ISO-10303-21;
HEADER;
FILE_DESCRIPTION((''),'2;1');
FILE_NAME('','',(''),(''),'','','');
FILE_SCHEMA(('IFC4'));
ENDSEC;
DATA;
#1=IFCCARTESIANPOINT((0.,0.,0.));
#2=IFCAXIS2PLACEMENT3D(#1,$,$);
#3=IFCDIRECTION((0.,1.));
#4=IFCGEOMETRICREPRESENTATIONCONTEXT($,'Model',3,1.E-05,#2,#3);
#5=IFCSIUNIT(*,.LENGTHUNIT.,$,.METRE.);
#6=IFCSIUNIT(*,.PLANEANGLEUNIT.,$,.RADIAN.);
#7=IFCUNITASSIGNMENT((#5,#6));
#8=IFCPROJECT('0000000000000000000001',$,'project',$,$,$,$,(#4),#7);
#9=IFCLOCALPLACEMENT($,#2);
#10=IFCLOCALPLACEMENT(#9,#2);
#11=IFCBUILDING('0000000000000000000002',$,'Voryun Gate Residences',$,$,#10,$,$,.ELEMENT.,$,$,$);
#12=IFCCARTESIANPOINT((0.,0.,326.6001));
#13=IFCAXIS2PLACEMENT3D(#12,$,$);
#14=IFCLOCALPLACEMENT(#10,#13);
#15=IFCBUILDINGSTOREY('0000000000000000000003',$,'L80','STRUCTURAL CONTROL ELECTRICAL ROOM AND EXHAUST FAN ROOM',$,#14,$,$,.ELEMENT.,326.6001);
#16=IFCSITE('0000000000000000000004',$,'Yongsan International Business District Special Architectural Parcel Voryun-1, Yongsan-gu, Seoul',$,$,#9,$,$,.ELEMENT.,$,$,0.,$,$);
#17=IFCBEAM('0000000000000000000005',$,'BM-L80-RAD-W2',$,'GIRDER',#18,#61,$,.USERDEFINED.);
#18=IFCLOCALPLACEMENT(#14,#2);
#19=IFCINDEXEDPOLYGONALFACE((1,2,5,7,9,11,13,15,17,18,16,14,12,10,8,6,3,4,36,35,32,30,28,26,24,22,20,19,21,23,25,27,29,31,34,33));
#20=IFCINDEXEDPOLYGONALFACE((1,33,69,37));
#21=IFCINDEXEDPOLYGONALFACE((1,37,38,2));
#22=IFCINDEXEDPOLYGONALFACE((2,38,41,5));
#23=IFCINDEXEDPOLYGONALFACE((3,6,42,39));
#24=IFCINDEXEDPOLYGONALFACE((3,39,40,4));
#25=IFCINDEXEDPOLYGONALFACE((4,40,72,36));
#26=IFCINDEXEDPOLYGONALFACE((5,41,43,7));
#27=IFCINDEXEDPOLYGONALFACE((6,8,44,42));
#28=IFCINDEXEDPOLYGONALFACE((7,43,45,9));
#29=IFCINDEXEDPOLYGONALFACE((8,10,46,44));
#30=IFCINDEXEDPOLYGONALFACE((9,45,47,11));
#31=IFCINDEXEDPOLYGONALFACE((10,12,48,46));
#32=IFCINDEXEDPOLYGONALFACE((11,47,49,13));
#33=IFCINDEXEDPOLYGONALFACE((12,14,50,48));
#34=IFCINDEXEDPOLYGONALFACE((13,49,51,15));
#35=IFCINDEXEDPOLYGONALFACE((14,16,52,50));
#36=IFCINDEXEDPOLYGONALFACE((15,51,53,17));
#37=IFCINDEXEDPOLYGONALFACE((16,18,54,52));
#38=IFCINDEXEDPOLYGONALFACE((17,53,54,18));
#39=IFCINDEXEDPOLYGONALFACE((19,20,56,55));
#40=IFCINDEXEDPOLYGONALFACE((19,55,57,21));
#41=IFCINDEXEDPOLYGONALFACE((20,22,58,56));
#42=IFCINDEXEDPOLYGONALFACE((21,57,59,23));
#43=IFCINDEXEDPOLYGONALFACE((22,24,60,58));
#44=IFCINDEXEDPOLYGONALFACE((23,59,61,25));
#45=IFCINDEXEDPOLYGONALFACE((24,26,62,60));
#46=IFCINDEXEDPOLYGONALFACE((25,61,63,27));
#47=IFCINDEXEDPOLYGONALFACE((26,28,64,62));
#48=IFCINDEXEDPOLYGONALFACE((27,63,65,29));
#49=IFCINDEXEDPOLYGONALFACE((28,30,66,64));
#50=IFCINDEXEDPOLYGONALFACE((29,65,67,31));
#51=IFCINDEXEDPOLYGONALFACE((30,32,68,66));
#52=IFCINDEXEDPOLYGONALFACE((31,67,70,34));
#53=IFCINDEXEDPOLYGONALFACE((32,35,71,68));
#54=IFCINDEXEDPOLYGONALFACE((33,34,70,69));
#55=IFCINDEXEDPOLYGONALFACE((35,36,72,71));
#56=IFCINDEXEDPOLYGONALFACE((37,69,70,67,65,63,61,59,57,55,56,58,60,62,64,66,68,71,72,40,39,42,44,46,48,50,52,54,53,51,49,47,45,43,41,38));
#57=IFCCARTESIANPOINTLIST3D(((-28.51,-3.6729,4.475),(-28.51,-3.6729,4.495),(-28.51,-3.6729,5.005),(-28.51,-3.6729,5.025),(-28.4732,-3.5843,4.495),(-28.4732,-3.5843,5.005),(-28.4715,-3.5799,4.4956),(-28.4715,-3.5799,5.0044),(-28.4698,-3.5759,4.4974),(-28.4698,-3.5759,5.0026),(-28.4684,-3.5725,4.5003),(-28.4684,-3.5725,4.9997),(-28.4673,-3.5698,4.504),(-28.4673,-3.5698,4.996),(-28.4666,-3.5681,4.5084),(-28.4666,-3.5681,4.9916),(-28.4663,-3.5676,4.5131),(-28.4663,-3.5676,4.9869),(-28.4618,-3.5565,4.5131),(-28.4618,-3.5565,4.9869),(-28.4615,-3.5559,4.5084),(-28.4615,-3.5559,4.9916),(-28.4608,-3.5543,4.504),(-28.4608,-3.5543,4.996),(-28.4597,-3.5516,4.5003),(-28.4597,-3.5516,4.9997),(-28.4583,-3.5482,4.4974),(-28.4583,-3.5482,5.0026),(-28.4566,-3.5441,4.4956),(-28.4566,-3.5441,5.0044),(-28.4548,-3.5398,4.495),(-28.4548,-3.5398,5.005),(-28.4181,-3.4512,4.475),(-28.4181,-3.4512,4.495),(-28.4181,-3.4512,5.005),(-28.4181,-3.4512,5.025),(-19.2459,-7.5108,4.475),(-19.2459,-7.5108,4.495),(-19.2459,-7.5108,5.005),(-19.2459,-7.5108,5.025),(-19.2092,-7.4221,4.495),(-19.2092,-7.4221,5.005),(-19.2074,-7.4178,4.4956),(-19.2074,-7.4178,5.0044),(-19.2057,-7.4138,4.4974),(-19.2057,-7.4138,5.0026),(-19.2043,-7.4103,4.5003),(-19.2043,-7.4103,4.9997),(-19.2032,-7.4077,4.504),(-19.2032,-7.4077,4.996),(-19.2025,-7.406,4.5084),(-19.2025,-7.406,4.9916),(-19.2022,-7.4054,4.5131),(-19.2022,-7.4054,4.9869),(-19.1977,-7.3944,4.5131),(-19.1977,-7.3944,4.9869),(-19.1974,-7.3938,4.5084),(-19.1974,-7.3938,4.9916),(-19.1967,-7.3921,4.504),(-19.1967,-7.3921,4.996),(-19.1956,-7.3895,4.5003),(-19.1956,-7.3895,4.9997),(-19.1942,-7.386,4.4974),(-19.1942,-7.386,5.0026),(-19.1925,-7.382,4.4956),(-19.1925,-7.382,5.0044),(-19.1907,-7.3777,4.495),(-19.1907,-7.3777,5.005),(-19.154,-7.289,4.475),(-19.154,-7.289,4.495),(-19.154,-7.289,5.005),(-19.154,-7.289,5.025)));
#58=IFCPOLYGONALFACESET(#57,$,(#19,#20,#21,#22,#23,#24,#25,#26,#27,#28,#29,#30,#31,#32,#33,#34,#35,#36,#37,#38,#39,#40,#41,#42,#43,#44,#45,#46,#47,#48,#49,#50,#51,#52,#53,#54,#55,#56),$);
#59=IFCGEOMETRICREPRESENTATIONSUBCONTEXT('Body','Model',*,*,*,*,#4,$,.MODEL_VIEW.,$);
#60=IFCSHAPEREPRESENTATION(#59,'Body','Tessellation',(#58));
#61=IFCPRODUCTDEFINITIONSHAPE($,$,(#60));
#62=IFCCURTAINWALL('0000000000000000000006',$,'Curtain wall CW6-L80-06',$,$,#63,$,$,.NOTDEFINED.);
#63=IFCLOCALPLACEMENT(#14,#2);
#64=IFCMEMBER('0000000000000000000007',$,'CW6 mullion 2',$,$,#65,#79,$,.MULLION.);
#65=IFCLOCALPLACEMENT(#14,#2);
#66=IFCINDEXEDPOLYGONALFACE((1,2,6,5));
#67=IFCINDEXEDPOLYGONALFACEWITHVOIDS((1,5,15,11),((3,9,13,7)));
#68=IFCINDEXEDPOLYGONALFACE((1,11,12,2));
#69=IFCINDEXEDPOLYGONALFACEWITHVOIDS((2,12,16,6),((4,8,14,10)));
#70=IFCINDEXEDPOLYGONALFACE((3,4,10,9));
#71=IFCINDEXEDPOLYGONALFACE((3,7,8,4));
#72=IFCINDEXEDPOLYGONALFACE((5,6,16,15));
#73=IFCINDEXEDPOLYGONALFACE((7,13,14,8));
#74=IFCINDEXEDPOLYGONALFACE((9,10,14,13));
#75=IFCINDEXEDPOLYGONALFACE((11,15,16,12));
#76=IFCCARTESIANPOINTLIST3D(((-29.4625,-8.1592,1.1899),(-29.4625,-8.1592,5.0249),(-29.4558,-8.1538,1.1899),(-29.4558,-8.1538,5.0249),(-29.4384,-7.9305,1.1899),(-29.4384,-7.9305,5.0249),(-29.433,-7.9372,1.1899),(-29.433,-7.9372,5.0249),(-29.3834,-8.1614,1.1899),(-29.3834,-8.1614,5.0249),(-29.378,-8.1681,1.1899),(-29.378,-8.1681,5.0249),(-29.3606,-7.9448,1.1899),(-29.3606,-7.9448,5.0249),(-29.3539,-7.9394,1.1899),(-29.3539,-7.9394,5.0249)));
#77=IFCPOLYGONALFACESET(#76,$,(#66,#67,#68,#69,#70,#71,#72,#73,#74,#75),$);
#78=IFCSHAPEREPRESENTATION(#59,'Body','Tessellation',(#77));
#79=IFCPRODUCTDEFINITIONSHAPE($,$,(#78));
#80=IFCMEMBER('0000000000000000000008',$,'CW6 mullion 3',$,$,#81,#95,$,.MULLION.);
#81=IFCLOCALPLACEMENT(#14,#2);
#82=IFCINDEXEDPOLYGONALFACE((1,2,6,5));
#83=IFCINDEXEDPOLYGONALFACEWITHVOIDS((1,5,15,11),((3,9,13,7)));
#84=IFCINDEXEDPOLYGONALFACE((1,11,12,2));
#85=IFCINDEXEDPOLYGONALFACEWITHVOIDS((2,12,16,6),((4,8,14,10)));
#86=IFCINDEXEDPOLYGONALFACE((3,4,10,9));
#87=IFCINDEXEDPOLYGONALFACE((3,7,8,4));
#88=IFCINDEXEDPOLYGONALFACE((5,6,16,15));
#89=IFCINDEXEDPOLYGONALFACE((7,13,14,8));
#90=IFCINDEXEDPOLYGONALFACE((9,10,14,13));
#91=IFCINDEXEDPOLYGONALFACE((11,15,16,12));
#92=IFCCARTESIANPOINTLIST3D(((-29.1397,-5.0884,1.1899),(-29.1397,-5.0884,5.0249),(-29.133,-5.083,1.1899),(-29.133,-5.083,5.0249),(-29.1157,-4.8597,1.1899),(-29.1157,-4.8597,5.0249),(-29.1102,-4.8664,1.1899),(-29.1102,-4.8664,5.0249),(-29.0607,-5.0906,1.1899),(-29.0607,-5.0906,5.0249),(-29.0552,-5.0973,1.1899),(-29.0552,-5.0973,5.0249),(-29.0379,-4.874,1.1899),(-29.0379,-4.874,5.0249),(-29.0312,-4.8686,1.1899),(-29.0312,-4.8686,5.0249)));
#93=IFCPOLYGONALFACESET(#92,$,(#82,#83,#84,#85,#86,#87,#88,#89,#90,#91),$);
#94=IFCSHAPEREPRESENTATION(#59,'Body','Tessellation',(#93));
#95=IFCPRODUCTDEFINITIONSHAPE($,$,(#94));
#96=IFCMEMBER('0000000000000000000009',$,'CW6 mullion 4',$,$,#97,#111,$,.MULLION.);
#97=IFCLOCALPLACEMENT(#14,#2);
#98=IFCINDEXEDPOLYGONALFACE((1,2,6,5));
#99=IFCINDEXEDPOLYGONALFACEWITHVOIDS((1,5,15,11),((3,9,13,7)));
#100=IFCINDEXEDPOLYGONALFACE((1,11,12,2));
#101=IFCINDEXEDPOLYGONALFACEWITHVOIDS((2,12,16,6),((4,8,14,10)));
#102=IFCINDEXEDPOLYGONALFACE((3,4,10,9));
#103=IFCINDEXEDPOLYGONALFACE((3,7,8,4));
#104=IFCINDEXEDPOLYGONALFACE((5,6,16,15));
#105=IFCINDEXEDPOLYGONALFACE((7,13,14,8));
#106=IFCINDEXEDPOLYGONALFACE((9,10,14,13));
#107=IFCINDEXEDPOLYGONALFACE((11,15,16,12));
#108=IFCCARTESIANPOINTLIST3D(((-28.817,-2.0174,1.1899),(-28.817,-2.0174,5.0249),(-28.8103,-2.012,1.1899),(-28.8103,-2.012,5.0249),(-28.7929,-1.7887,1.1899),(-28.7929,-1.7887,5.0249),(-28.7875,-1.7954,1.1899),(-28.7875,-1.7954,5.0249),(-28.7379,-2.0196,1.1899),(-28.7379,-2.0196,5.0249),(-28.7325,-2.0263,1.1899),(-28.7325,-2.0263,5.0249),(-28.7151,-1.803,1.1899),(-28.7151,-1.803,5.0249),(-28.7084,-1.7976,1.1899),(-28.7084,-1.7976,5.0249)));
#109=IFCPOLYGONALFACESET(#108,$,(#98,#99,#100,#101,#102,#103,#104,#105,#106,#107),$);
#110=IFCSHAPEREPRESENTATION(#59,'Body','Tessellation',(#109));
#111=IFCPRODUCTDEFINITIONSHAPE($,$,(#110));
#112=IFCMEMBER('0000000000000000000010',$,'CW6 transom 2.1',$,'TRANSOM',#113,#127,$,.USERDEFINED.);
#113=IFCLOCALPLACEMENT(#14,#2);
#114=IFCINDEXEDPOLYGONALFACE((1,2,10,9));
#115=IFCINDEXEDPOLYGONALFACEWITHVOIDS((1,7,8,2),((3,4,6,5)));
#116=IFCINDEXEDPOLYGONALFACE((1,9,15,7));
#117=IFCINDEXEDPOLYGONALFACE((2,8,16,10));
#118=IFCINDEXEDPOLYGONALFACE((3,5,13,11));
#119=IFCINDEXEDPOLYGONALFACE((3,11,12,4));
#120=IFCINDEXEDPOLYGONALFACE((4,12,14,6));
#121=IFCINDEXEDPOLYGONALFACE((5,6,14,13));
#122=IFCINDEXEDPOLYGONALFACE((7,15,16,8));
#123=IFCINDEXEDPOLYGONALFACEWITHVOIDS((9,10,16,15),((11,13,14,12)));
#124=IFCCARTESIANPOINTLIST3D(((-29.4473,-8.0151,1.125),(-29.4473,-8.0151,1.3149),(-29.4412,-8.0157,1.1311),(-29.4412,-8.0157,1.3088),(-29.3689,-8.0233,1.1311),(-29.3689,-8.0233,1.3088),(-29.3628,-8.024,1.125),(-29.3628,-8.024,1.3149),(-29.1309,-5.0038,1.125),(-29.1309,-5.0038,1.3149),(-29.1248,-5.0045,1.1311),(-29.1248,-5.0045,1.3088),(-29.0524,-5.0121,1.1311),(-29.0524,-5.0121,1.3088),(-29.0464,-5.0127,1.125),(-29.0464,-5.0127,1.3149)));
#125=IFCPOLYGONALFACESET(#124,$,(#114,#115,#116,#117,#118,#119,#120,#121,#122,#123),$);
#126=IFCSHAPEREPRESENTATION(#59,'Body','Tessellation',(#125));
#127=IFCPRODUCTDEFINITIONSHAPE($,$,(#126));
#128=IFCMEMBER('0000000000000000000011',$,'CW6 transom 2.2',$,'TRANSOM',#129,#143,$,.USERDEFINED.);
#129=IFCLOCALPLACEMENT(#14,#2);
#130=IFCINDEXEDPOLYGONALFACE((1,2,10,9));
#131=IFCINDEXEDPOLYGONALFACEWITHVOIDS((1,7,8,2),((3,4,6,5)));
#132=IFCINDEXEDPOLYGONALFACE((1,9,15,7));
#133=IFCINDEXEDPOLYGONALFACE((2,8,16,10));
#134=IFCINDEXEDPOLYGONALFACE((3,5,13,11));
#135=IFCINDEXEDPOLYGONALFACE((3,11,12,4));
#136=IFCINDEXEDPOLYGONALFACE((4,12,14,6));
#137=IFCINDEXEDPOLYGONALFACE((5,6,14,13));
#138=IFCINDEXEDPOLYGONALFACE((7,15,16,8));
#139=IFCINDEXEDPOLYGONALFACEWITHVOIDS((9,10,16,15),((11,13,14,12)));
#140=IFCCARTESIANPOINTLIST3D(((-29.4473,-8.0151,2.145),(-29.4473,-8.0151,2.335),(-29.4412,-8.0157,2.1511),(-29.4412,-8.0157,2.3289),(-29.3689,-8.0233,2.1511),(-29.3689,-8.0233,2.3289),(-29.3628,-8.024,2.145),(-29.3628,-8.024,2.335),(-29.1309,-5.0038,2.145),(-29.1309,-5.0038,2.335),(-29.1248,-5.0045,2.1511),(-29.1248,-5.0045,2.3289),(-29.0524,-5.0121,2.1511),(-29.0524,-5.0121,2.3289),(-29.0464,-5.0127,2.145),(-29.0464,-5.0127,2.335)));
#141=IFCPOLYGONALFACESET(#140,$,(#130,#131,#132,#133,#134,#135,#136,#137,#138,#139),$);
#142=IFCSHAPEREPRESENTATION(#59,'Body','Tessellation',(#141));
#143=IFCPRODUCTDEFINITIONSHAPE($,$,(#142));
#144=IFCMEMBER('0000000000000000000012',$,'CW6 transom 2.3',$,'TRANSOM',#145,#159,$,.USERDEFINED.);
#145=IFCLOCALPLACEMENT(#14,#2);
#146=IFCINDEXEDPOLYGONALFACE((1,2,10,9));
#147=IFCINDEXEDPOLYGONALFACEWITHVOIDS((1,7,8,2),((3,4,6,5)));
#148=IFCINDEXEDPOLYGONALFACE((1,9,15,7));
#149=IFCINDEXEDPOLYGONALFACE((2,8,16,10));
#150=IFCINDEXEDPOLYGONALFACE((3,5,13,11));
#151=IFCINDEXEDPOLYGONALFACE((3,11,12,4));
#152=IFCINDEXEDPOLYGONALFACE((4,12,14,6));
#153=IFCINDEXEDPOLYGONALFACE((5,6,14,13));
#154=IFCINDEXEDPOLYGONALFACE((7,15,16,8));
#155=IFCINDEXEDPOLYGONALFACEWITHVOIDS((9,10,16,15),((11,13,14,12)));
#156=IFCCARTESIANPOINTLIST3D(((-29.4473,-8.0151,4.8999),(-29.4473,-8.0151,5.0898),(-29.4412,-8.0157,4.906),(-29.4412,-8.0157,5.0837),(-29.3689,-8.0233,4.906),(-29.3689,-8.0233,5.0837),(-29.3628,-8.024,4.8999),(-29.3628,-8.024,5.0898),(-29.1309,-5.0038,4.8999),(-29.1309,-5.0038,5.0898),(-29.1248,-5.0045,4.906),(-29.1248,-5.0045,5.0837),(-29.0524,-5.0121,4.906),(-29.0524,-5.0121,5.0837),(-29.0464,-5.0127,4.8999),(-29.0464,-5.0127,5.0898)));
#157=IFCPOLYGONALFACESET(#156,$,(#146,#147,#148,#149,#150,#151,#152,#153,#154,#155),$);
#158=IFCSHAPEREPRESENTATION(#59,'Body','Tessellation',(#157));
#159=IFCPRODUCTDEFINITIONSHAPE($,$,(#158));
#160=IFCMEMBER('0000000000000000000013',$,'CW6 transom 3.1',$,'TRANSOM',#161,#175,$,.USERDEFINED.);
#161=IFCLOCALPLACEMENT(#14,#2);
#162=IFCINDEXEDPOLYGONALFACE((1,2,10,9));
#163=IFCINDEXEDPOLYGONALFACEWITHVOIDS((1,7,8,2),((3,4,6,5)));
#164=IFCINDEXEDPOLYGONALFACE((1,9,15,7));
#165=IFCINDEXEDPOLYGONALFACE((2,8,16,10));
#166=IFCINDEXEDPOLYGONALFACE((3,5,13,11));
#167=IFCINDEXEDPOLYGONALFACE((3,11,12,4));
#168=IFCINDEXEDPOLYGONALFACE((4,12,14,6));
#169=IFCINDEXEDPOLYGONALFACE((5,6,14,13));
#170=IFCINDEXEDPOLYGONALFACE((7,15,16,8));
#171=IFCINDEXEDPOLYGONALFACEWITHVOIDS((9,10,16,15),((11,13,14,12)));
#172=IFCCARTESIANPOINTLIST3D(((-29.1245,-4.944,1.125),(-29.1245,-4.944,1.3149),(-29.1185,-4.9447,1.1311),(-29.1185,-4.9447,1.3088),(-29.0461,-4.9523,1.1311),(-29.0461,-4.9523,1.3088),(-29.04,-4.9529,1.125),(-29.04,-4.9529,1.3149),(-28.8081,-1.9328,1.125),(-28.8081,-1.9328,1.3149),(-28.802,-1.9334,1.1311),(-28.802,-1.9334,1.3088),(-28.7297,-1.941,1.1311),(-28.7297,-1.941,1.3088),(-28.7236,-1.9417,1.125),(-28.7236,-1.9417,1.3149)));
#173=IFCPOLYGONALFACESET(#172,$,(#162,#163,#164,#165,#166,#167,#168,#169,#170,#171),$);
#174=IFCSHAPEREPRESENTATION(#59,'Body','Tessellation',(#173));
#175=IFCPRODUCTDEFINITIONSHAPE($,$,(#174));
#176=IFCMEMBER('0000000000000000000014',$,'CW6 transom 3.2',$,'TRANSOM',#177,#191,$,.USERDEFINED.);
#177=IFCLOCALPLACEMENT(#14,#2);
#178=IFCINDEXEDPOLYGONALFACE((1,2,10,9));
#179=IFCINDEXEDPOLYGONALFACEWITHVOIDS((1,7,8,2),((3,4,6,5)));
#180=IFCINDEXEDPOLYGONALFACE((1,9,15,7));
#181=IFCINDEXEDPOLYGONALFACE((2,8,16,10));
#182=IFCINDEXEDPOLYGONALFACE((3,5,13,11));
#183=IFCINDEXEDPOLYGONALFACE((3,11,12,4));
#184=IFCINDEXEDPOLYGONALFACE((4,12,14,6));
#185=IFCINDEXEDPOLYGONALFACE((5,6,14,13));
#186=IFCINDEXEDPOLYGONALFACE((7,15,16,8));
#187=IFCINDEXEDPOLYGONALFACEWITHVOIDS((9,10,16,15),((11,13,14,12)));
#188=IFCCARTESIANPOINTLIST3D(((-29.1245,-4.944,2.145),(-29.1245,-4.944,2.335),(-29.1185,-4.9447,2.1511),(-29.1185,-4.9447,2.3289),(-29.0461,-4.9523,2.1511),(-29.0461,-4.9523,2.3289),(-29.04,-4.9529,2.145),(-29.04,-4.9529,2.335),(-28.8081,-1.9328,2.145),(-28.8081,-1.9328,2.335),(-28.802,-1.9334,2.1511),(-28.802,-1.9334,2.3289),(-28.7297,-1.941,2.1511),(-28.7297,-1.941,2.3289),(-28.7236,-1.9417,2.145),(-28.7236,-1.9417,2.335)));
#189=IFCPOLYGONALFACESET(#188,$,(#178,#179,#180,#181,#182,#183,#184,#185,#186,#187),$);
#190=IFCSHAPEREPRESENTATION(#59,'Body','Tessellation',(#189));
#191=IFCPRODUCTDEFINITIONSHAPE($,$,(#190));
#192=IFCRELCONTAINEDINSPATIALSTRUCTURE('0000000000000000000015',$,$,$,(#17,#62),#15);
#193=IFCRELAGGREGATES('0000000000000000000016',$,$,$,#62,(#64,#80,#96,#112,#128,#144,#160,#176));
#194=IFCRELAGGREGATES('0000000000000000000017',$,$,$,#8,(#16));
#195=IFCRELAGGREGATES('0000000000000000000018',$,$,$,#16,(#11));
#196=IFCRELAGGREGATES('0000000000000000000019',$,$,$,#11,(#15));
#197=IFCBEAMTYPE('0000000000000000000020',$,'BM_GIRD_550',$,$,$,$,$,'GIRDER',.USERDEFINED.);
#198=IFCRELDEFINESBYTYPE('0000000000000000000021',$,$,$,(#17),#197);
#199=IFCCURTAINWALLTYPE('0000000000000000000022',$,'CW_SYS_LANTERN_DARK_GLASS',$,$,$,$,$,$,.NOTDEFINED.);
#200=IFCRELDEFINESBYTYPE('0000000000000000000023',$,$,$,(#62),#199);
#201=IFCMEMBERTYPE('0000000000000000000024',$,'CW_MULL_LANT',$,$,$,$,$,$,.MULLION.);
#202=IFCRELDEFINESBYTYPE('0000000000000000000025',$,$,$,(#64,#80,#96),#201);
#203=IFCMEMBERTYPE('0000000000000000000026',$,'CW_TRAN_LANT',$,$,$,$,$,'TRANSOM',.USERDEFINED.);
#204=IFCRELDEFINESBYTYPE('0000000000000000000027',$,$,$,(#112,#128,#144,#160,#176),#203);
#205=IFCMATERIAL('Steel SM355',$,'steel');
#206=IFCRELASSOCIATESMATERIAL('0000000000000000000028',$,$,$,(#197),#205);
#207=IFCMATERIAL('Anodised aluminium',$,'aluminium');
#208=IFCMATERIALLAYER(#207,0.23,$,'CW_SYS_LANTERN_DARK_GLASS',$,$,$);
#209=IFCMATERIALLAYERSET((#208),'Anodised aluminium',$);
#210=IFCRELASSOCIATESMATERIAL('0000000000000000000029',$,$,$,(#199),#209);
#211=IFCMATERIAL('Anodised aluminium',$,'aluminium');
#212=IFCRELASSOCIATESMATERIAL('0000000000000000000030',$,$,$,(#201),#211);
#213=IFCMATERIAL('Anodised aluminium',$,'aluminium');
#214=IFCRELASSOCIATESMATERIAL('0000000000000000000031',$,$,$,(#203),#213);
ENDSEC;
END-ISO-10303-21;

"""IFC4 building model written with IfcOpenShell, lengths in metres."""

from ifc_helpers import new_model, si_unit, direction, frame, origin, origin_2d, place, context, subcontext, project, spatial, hollow_rectangle, i_section, extrude, material, layer, layer_set, material_profile, profile_set, type_object, element, aggregate, save


model = new_model("IFC4")

# Units and contexts
model_context = context("Model", 3, precision=1e-05, world=origin(), true_north=direction((0.0, 1.0)))
body_context = subcontext(model_context, "Body", "Model", "MODEL_VIEW")
ifc_project = project(units=[si_unit("LENGTHUNIT", "METRE"), si_unit("PLANEANGLEUNIT", "RADIAN")], contexts=[model_context])

# Site, building, storey
site_placement = place(None, origin())
site = spatial("IfcSite", under=ifc_project, at=site_placement, Name="Yongsan International Business District Special Architectural Parcel Voryun-1, Yongsan-gu, Seoul", CompositionType="ELEMENT", RefElevation=0.0)
building_placement = place(site_placement, origin())
building = spatial("IfcBuilding", under=site, at=building_placement, Name="Voryun Gate Residences", CompositionType="ELEMENT")
storey_placement = place(building_placement, frame((0.0, 0.0, 326.6001)))
storey = spatial("IfcBuildingStorey", under=building, at=storey_placement, Name="L80", Description="STRUCTURAL CONTROL ELECTRICAL ROOM AND EXHAUST FAN ROOM", CompositionType="ELEMENT", Elevation=326.6001)

# Beam
ifc_material_1 = material(Name="Steel SM355", Category="steel")
ifc_material_profile_1 = material_profile(ifc_material_1, i_section(OverallWidth=0.24, OverallDepth=0.55, WebThickness=0.012, FlangeThickness=0.02, FilletRadius=0.0181, at=origin_2d()), Name="H-550x240x12x20")
ifc_profile_set_1 = profile_set([ifc_material_profile_1], Name="Steel SM355")
beam_type_1 = type_object("IfcBeamType", Name="BM_GIRD_550", ElementType="GIRDER", PredefinedType="USERDEFINED", material=ifc_profile_set_1)
beam_1_placement = place(storey_placement, frame((-19.2, -7.3999, 4.75), z_axis=(-0.92386, 0.38273, 0.0), x_axis=(-0.38273, -0.92386, 0.0)))
element("IfcBeam", 1, at=beam_1_placement, inside=storey, type_object=beam_type_1, Name="BM-L80-RAD-W2", ObjectType="GIRDER", PredefinedType="USERDEFINED", context=body_context, shape_type="SweptSolid", body=[
    extrude(i_section(OverallWidth=0.24, OverallDepth=0.55, WebThickness=0.012, FlangeThickness=0.02, FilletRadius=0.0181, at=origin_2d()), origin(), (0.0, 0.0, 1.0), 10.0276),
])

# Curtain wall, members
ifc_material_2 = material(Name="Anodised aluminium", Category="aluminium")
ifc_layer_1 = layer(ifc_material_2, 0.23, Name="CW_SYS_LANTERN_DARK_GLASS")
ifc_layer_set_1 = layer_set([ifc_layer_1], Name="Anodised aluminium")
curtain_wall_type = type_object("IfcCurtainWallType", Name="CW_SYS_LANTERN_DARK_GLASS", PredefinedType="NOTDEFINED", material=ifc_layer_set_1)
curtain_wall_placement = place(storey_placement, origin())
curtain_wall = element("IfcCurtainWall", 2, at=curtain_wall_placement, inside=storey, type_object=curtain_wall_type, Name="Curtain wall CW6-L80-06", PredefinedType="NOTDEFINED")
ifc_material_3 = material(Name="Anodised aluminium", Category="aluminium")
ifc_material_profile_2 = material_profile(ifc_material_3, hollow_rectangle(XDim=0.085, YDim=0.23, WallThickness=0.0061, at=origin_2d()), Name="ALU-MULL-230x85x6")
ifc_profile_set_2 = profile_set([ifc_material_profile_2], Name="Anodised aluminium")
member_type_1 = type_object("IfcMemberType", Name="CW_MULL_LANT", PredefinedType="MULLION", material=ifc_profile_set_2)
member_1_placement = place(storey_placement, frame((-29.4082, -8.0493, 1.1899), z_axis=(0.0, 0.0, 1.0), x_axis=(-0.994522, 0.104528, 0.0)))
member_1 = element("IfcMember", 3, at=member_1_placement, type_object=member_type_1, Name="CW6 mullion 2", PredefinedType="MULLION", context=body_context, shape_type="SweptSolid", body=[
    extrude(hollow_rectangle(XDim=0.085, YDim=0.23, WallThickness=0.0061, at=origin_2d()), origin(), (0.0, 0.0, 1.0), 3.835),
])
member_2_placement = place(storey_placement, frame((-29.0854, -4.9785, 1.1899), z_axis=(0.0, 0.0, 1.0), x_axis=(-0.994522, 0.104528, 0.0)))
member_2 = element("IfcMember", 4, at=member_2_placement, type_object=member_type_1, Name="CW6 mullion 3", PredefinedType="MULLION", context=body_context, shape_type="SweptSolid", body=[
    extrude(hollow_rectangle(XDim=0.085, YDim=0.23, WallThickness=0.0061, at=origin_2d()), origin(), (0.0, 0.0, 1.0), 3.835),
])
member_3_placement = place(storey_placement, frame((-28.7627, -1.9075, 1.1899), z_axis=(0.0, 0.0, 1.0), x_axis=(-0.994522, 0.104528, 0.0)))
member_3 = element("IfcMember", 5, at=member_3_placement, type_object=member_type_1, Name="CW6 mullion 4", PredefinedType="MULLION", context=body_context, shape_type="SweptSolid", body=[
    extrude(hollow_rectangle(XDim=0.085, YDim=0.23, WallThickness=0.0061, at=origin_2d()), origin(), (0.0, 0.0, 1.0), 3.835),
])
ifc_material_4 = material(Name="Anodised aluminium", Category="aluminium")
ifc_material_profile_3 = material_profile(ifc_material_4, hollow_rectangle(XDim=0.085, YDim=0.1899, WallThickness=0.0061, at=origin_2d()), Name="ALU-TRAN-190x85x6")
ifc_profile_set_3 = profile_set([ifc_material_profile_3], Name="Anodised aluminium")
member_type_2 = type_object("IfcMemberType", Name="CW_TRAN_LANT", ElementType="TRANSOM", PredefinedType="USERDEFINED", material=ifc_profile_set_3)
member_4_placement = place(storey_placement, frame((-29.405, -8.0195, 1.22), z_axis=(0.1045, 0.994525, 0.0), x_axis=(-0.994525, 0.1045, 0.0)))
member_4 = element("IfcMember", 6, at=member_4_placement, type_object=member_type_2, Name="CW6 transom 2.1", ObjectType="TRANSOM", PredefinedType="USERDEFINED", context=body_context, shape_type="SweptSolid", body=[
    extrude(hollow_rectangle(XDim=0.085, YDim=0.1899, WallThickness=0.0061, at=origin_2d()), origin(), (0.0, 0.0, 1.0), 3.0278),
])
member_5_placement = place(storey_placement, frame((-29.405, -8.0195, 2.24), z_axis=(0.1045, 0.994525, 0.0), x_axis=(-0.994525, 0.1045, 0.0)))
member_5 = element("IfcMember", 7, at=member_5_placement, type_object=member_type_2, Name="CW6 transom 2.2", ObjectType="TRANSOM", PredefinedType="USERDEFINED", context=body_context, shape_type="SweptSolid", body=[
    extrude(hollow_rectangle(XDim=0.085, YDim=0.1899, WallThickness=0.0061, at=origin_2d()), origin(), (0.0, 0.0, 1.0), 3.0278),
])
member_6_placement = place(storey_placement, frame((-29.405, -8.0195, 4.9949), z_axis=(0.1045, 0.994525, 0.0), x_axis=(-0.994525, 0.1045, 0.0)))
member_6 = element("IfcMember", 8, at=member_6_placement, type_object=member_type_2, Name="CW6 transom 2.3", ObjectType="TRANSOM", PredefinedType="USERDEFINED", context=body_context, shape_type="SweptSolid", body=[
    extrude(hollow_rectangle(XDim=0.085, YDim=0.1899, WallThickness=0.0061, at=origin_2d()), origin(), (0.0, 0.0, 1.0), 3.0278),
])
member_7_placement = place(storey_placement, frame((-29.0823, -4.9485, 1.22), z_axis=(0.1045, 0.994525, 0.0), x_axis=(-0.994525, 0.1045, 0.0)))
member_7 = element("IfcMember", 9, at=member_7_placement, type_object=member_type_2, Name="CW6 transom 3.1", ObjectType="TRANSOM", PredefinedType="USERDEFINED", context=body_context, shape_type="SweptSolid", body=[
    extrude(hollow_rectangle(XDim=0.085, YDim=0.1899, WallThickness=0.0061, at=origin_2d()), origin(), (0.0, 0.0, 1.0), 3.0278),
])
member_8_placement = place(storey_placement, frame((-29.0823, -4.9485, 2.24), z_axis=(0.1045, 0.994525, 0.0), x_axis=(-0.994525, 0.1045, 0.0)))
member_8 = element("IfcMember", 10, at=member_8_placement, type_object=member_type_2, Name="CW6 transom 3.2", ObjectType="TRANSOM", PredefinedType="USERDEFINED", context=body_context, shape_type="SweptSolid", body=[
    extrude(hollow_rectangle(XDim=0.085, YDim=0.1899, WallThickness=0.0061, at=origin_2d()), origin(), (0.0, 0.0, 1.0), 3.0278),
])

aggregate(curtain_wall, [member_1, member_2, member_3, member_4, member_5, member_6, member_7, member_8])

save(model, "model.ifc")
